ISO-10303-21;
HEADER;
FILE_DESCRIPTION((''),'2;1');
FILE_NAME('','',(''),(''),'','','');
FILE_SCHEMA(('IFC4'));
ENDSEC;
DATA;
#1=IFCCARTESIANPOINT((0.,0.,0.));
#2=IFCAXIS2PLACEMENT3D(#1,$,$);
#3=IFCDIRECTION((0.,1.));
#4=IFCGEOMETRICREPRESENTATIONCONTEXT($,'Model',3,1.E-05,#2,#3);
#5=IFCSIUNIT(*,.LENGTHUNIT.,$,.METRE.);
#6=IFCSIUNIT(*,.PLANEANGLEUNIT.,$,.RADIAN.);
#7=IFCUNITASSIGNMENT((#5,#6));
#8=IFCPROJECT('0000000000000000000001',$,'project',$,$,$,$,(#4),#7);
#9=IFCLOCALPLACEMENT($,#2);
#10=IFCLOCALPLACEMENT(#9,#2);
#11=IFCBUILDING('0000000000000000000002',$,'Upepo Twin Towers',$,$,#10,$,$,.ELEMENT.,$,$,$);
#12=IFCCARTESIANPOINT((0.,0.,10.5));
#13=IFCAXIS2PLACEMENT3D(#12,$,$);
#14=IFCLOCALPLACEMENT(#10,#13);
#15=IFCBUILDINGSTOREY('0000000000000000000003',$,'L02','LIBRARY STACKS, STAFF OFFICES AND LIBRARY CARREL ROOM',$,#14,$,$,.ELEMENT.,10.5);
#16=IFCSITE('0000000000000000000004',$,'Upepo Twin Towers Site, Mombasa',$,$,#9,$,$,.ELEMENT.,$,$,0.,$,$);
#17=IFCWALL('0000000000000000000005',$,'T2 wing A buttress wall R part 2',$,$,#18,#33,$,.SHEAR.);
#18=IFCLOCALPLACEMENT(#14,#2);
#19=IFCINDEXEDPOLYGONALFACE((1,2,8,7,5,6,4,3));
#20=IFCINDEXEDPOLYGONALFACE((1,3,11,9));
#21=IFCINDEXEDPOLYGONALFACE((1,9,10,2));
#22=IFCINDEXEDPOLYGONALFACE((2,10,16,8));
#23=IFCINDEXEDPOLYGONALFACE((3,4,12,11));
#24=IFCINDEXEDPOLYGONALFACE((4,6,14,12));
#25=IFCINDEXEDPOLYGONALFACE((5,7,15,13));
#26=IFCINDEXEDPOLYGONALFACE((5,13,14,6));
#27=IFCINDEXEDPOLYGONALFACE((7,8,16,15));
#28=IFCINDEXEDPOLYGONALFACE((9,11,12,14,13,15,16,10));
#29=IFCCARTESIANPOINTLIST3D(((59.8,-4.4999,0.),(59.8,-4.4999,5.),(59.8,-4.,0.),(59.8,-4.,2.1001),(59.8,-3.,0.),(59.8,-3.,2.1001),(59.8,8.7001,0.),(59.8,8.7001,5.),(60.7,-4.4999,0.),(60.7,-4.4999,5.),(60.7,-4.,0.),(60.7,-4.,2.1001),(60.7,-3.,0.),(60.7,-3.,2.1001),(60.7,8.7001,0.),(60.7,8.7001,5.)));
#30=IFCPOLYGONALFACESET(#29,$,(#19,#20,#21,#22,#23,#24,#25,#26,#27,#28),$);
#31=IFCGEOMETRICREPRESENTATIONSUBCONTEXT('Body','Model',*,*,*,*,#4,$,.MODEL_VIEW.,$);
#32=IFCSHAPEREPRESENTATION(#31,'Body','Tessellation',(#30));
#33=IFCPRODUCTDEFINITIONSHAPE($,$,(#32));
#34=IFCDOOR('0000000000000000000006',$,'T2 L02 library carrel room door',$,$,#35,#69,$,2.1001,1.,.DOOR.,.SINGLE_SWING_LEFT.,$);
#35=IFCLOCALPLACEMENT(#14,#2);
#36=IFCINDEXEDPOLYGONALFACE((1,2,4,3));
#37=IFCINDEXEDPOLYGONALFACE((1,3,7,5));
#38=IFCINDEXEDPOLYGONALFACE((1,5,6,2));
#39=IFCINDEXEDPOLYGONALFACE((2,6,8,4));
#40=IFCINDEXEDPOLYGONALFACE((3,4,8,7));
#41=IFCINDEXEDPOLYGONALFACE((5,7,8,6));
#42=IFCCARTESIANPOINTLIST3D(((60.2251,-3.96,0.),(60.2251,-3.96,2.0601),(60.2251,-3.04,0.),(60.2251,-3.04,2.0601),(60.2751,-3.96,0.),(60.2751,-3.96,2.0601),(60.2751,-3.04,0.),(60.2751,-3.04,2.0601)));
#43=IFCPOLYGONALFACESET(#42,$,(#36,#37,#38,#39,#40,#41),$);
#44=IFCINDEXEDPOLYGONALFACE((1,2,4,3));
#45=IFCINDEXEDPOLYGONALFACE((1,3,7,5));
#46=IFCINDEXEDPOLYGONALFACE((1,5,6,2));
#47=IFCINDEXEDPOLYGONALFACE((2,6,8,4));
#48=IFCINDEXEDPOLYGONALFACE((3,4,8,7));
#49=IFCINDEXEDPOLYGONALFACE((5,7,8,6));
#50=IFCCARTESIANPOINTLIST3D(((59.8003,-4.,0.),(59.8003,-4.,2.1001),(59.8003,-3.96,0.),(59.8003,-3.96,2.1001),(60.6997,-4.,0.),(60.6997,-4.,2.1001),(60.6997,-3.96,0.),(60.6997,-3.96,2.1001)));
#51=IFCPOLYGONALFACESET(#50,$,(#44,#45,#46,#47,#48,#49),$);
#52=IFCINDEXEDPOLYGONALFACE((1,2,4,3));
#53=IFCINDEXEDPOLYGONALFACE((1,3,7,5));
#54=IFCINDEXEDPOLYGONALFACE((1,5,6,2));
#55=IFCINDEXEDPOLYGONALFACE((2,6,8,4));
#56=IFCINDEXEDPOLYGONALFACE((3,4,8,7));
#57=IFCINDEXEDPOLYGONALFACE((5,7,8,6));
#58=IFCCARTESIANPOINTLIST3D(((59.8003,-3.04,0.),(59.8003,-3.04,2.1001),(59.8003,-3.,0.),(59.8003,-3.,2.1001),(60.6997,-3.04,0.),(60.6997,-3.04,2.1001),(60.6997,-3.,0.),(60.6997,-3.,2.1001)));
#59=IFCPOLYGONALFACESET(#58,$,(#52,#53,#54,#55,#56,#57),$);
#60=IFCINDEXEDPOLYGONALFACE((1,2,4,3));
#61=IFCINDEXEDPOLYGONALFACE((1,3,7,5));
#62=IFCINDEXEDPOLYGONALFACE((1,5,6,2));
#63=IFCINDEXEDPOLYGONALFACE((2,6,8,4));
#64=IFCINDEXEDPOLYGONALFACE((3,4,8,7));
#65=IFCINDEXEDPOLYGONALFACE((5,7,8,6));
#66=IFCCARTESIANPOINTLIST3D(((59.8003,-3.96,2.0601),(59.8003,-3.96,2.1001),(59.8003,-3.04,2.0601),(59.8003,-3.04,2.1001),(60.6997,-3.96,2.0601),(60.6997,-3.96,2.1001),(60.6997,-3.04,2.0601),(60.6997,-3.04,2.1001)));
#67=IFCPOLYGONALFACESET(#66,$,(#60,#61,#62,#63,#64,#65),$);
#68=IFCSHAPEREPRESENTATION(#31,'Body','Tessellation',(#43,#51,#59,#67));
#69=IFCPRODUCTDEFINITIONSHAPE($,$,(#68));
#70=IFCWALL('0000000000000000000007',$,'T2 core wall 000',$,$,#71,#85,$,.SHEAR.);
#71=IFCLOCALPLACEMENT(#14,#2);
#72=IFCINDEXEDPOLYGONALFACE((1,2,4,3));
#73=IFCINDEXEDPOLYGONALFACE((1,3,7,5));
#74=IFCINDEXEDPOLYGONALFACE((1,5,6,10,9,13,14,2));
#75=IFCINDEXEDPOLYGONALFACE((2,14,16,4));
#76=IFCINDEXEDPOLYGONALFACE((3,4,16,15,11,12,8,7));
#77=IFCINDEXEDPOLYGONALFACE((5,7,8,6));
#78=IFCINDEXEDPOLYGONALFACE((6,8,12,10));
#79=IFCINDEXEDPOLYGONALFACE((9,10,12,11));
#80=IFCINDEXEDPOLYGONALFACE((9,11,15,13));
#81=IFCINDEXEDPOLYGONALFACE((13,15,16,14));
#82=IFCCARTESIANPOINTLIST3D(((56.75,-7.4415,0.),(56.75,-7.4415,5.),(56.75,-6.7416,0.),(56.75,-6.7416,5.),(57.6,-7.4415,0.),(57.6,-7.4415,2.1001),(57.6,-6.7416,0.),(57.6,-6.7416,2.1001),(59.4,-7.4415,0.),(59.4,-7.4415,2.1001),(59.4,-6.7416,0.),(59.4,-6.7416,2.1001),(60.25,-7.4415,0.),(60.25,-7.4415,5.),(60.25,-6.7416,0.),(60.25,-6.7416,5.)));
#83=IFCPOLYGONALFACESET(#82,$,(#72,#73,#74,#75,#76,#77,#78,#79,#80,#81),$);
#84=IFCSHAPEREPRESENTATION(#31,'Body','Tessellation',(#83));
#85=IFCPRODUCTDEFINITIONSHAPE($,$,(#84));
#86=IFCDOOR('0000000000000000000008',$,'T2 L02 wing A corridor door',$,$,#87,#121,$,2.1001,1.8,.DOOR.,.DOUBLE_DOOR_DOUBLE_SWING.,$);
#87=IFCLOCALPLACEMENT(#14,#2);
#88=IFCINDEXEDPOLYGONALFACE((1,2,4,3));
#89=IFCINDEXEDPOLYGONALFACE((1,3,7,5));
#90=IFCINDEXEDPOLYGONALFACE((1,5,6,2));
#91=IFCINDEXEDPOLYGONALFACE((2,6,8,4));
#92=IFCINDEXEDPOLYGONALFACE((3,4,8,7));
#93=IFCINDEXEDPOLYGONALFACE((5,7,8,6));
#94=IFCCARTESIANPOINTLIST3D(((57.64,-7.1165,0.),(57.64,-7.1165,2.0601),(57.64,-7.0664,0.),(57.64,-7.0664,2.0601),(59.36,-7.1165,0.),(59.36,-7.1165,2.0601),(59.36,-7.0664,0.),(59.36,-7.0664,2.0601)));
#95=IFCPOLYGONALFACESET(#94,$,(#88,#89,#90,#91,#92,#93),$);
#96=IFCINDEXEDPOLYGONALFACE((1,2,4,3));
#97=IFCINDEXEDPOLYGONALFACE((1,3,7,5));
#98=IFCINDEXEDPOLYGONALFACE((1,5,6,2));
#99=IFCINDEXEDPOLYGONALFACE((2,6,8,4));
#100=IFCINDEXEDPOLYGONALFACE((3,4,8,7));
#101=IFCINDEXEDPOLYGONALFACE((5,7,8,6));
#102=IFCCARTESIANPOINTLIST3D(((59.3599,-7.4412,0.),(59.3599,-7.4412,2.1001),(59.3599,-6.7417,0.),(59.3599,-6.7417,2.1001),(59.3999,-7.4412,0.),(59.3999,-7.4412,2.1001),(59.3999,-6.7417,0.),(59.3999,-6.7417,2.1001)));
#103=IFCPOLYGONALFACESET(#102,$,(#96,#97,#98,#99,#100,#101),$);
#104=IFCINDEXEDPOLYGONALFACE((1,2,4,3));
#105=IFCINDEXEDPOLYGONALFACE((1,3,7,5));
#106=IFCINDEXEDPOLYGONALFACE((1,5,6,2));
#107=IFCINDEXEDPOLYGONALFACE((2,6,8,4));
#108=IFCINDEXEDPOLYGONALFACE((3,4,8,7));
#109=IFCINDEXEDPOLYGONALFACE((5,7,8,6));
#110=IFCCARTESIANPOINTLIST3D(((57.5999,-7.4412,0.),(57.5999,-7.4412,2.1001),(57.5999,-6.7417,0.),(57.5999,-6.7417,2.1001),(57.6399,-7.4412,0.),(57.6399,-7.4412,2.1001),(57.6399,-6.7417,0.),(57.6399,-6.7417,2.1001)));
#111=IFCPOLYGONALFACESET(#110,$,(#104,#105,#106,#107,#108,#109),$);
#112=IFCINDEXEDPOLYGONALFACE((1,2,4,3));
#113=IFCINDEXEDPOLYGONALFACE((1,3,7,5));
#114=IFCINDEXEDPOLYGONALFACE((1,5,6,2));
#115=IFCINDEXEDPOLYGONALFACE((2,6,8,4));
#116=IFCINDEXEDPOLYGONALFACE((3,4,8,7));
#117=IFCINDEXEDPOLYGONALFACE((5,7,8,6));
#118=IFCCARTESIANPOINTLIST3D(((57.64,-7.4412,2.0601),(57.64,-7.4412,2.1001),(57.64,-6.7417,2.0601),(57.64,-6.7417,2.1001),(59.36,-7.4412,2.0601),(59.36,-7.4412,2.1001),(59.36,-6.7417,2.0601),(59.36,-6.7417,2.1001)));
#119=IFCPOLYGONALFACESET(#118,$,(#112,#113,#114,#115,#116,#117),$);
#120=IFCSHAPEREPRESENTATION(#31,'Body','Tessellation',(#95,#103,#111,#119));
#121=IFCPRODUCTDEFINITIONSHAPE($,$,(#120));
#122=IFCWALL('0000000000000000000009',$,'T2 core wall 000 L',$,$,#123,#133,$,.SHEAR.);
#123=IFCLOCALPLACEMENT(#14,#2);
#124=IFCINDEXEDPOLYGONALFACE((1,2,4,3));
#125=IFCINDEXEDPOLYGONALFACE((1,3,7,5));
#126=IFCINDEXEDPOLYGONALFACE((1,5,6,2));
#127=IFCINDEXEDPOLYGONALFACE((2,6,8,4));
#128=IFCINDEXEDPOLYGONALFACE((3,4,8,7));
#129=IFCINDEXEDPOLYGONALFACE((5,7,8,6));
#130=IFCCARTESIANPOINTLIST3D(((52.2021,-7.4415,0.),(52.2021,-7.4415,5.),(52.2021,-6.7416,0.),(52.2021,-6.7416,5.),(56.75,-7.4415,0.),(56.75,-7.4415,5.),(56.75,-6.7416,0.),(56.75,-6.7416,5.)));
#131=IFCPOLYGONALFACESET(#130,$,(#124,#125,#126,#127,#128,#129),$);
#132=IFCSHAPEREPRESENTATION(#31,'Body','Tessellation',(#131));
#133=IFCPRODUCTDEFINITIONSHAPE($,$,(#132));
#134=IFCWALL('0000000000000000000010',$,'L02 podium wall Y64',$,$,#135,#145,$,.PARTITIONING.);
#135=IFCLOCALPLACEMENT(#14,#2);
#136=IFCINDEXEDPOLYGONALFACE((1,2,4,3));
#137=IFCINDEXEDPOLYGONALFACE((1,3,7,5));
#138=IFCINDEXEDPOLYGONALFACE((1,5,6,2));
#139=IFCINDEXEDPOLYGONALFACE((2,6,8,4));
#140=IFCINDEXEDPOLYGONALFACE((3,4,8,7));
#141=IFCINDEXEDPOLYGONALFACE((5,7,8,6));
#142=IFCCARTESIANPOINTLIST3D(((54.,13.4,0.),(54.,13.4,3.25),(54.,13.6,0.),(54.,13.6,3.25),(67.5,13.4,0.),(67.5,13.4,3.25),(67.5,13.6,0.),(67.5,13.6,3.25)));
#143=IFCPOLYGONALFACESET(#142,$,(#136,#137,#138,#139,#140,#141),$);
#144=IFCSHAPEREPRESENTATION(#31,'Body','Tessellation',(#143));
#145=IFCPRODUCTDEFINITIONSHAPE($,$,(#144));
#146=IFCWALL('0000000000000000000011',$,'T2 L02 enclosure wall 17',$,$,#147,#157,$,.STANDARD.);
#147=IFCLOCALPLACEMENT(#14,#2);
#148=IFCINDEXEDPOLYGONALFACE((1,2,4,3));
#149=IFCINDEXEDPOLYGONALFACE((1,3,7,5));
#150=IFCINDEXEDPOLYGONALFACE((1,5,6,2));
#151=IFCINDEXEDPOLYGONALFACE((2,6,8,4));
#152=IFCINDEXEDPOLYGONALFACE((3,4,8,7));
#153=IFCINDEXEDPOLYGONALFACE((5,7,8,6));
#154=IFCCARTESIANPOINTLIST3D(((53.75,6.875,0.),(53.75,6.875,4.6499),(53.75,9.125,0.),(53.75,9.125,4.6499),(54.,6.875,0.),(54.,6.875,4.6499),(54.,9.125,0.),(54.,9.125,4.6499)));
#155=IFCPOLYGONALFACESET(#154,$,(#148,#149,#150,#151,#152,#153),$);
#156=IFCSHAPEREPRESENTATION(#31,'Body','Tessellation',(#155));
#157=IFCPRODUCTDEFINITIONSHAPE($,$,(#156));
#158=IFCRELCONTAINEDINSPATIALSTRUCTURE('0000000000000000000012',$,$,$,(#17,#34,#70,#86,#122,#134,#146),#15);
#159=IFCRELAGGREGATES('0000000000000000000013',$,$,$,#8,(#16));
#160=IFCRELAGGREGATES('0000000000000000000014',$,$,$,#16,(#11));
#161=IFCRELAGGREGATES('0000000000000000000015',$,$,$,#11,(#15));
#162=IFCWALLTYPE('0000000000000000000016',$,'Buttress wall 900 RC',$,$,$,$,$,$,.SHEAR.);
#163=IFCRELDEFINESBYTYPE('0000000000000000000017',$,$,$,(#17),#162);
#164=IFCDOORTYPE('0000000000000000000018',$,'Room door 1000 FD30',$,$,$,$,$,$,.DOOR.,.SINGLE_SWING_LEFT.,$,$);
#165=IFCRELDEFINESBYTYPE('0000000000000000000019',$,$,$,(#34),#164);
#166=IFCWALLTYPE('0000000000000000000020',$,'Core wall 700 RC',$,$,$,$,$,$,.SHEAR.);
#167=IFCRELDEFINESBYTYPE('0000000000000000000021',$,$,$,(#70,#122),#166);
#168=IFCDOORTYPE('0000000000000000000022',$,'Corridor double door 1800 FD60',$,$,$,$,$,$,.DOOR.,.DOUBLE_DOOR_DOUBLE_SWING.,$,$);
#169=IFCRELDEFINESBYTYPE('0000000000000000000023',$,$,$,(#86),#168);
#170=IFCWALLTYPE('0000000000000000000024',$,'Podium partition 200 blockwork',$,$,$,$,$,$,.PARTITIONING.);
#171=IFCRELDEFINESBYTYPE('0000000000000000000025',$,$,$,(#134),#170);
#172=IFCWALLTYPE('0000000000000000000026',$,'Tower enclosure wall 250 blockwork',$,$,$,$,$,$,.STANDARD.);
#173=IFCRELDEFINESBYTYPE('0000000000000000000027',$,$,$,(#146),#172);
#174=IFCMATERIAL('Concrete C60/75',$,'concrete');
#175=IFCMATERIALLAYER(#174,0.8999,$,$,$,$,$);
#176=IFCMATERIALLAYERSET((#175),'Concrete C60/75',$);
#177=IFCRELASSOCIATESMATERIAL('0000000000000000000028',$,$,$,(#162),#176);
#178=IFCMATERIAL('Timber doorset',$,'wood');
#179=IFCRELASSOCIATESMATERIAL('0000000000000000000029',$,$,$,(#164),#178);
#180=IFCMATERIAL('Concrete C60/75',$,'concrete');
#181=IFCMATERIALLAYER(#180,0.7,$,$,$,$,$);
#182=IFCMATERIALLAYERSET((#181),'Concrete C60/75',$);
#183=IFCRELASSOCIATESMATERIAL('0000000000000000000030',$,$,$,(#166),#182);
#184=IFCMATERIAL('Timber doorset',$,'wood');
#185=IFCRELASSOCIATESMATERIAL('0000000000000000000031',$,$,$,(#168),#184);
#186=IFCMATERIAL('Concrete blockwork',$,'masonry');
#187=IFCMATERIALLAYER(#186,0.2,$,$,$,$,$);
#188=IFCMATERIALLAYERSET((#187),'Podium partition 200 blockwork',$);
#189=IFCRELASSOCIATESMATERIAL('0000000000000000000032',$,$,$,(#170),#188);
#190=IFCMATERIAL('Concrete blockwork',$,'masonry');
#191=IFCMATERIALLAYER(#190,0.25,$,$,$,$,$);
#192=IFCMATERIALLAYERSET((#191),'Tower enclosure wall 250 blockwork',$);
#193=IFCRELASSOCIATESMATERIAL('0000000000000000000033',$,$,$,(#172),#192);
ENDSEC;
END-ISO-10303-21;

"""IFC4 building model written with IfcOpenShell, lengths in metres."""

from ifc_helpers import new_model, si_unit, direction, frame, frame_2d, origin, place, context, subcontext, project, spatial, rectangle, extrude, material, layer, layer_set, type_object, element, fill, save


model = new_model("IFC4")

# Units and contexts
model_context = context("Model", 3, precision=1e-05, world=origin(), true_north=direction((0.0, 1.0)))
body_context = subcontext(model_context, "Body", "Model", "MODEL_VIEW")
ifc_project = project(units=[si_unit("LENGTHUNIT", "METRE"), si_unit("PLANEANGLEUNIT", "RADIAN")], contexts=[model_context])

# Site, building, storey
site_placement = place(None, origin())
site = spatial("IfcSite", under=ifc_project, at=site_placement, Name="Upepo Twin Towers Site, Mombasa", CompositionType="ELEMENT", RefElevation=0.0)
building_placement = place(site_placement, origin())
building = spatial("IfcBuilding", under=site, at=building_placement, Name="Upepo Twin Towers", CompositionType="ELEMENT")
storey_placement = place(building_placement, frame((0.0, 0.0, 10.5)))
storey = spatial("IfcBuildingStorey", under=building, at=storey_placement, Name="L02", Description="LIBRARY STACKS, STAFF OFFICES AND LIBRARY CARREL ROOM", CompositionType="ELEMENT", Elevation=10.5)

# Walls, openings, doors
ifc_material_1 = material(Name="Concrete C60/75", Category="concrete")
ifc_layer_1 = layer(ifc_material_1, 0.8999)
ifc_layer_set_1 = layer_set([ifc_layer_1], Name="Concrete C60/75")
wall_type_1 = type_object("IfcWallType", Name="Buttress wall 900 RC", PredefinedType="SHEAR", material=ifc_layer_set_1)
ifc_material_2 = material(Name="Timber doorset", Category="wood")
door_type_1 = type_object("IfcDoorType", Name="Room door 1000 FD30", OperationType="SINGLE_SWING_LEFT", PredefinedType="DOOR", material=ifc_material_2)
wall_1_placement = place(storey_placement, frame((60.25, -4.5, 0.0), z_axis=(0.0, 0.0, 1.0), x_axis=(0.0, 1.0, 0.0)))
wall_1 = element("IfcWall", 1, at=wall_1_placement, inside=storey, type_object=wall_type_1, Name="T2 wing A buttress wall R part 2", PredefinedType="SHEAR", context=body_context, shape_type="SweptSolid", body=[
    extrude(rectangle(XDim=13.2, YDim=0.8999, at=frame_2d((6.6001, 0.0))), origin(), (0.0, 0.0, 1.0), 5.0),
])
opening_1_placement = place(wall_1_placement, frame((0.5, 0.0, 0.0)))
opening_1 = element("IfcOpeningElement", 2, at=opening_1_placement, cuts=wall_1, PredefinedType="OPENING", context=body_context, shape_type="SweptSolid", body=[
    extrude(rectangle(XDim=1.0, YDim=2.1001, at=frame_2d((0.5, 1.05))), frame((0.0, 0.46, 0.0), z_axis=(0.0, -1.0, 0.0), x_axis=(1.0, 0.0, 0.0)), (0.0, 0.0, 1.0), 0.9199),
])
door_1_placement = place(opening_1_placement, origin())
door_1 = element("IfcDoor", 3, at=door_1_placement, inside=storey, type_object=door_type_1, Name="T2 L02 library carrel room door", OperationType="SINGLE_SWING_LEFT", OverallHeight=2.1001, OverallWidth=1.0, PredefinedType="DOOR", context=body_context, shape_type="SweptSolid", body=[
    extrude(rectangle(XDim=0.92, YDim=2.0601, at=frame_2d((0.5, 1.03))), frame((0.0, 0.0249, 0.0), z_axis=(0.0, -1.0, 0.0), x_axis=(1.0, 0.0, 0.0)), (0.0, 0.0, 1.0), 0.05),
    extrude(rectangle(XDim=0.04, YDim=2.1001, at=frame_2d((0.02, 1.05))), frame((0.0, 0.4497, 0.0), z_axis=(0.0, -1.0, 0.0), x_axis=(1.0, 0.0, 0.0)), (0.0, 0.0, 1.0), 0.8994),
    extrude(rectangle(XDim=0.04, YDim=2.1001, at=frame_2d((0.98, 1.05))), frame((0.0, 0.4497, 0.0), z_axis=(0.0, -1.0, 0.0), x_axis=(1.0, 0.0, 0.0)), (0.0, 0.0, 1.0), 0.8994),
    extrude(rectangle(XDim=0.92, YDim=0.04, at=frame_2d((0.5, 2.0801))), frame((0.0, 0.4497, 0.0), z_axis=(0.0, -1.0, 0.0), x_axis=(1.0, 0.0, 0.0)), (0.0, 0.0, 1.0), 0.8994),
])
fill(opening_1, door_1)
ifc_material_3 = material(Name="Concrete C60/75", Category="concrete")
ifc_layer_2 = layer(ifc_material_3, 0.7)
ifc_layer_set_2 = layer_set([ifc_layer_2], Name="Concrete C60/75")
wall_type_2 = type_object("IfcWallType", Name="Core wall 700 RC", PredefinedType="SHEAR", material=ifc_layer_set_2)
wall_2_placement = place(storey_placement, frame((60.25, -7.0916, 0.0), z_axis=(0.0, 0.0, 1.0), x_axis=(-1.0, 0.0, 0.0)))
wall_2 = element("IfcWall", 4, at=wall_2_placement, inside=storey, type_object=wall_type_2, Name="T2 core wall 000", PredefinedType="SHEAR", context=body_context, shape_type="SweptSolid", body=[
    extrude(rectangle(XDim=3.5, YDim=0.7, at=frame_2d((1.75, 0.0))), origin(), (0.0, 0.0, 1.0), 5.0),
])
opening_2_placement = place(wall_2_placement, frame((0.8501, 0.0, 0.0)))
opening_2 = element("IfcOpeningElement", 5, at=opening_2_placement, cuts=wall_2, PredefinedType="OPENING", context=body_context, shape_type="SweptSolid", body=[
    extrude(rectangle(XDim=1.8, YDim=2.1001, at=frame_2d((0.8999, 1.05))), frame((0.0, 0.3599, 0.0), z_axis=(0.0, -1.0, 0.0), x_axis=(1.0, 0.0, 0.0)), (0.0, 0.0, 1.0), 0.72),
])
ifc_material_4 = material(Name="Timber doorset", Category="wood")
door_type_2 = type_object("IfcDoorType", Name="Corridor double door 1800 FD60", OperationType="DOUBLE_DOOR_DOUBLE_SWING", PredefinedType="DOOR", material=ifc_material_4)
door_2_placement = place(opening_2_placement, origin())
door_2 = element("IfcDoor", 6, at=door_2_placement, inside=storey, type_object=door_type_2, Name="T2 L02 wing A corridor door", OperationType="DOUBLE_DOOR_DOUBLE_SWING", OverallHeight=2.1001, OverallWidth=1.8, PredefinedType="DOOR", context=body_context, shape_type="SweptSolid", body=[
    extrude(rectangle(XDim=1.72, YDim=2.0601, at=frame_2d((0.8999, 1.03))), frame((0.0, 0.0249, 0.0), z_axis=(0.0, -1.0, 0.0), x_axis=(1.0, 0.0, 0.0)), (0.0, 0.0, 1.0), 0.05),
    extrude(rectangle(XDim=0.04, YDim=2.1001, at=frame_2d((0.02, 1.05))), frame((0.0, 0.3496, 0.0), z_axis=(0.0, -1.0, 0.0), x_axis=(1.0, 0.0, 0.0)), (0.0, 0.0, 1.0), 0.6995),
    extrude(rectangle(XDim=0.04, YDim=2.1001, at=frame_2d((1.78, 1.05))), frame((0.0, 0.3496, 0.0), z_axis=(0.0, -1.0, 0.0), x_axis=(1.0, 0.0, 0.0)), (0.0, 0.0, 1.0), 0.6995),
    extrude(rectangle(XDim=1.72, YDim=0.04, at=frame_2d((0.8999, 2.0801))), frame((0.0, 0.3496, 0.0), z_axis=(0.0, -1.0, 0.0), x_axis=(1.0, 0.0, 0.0)), (0.0, 0.0, 1.0), 0.6995),
])
fill(opening_2, door_2)

# Walls
wall_3_placement = place(storey_placement, frame((56.75, -7.0916, 0.0), z_axis=(0.0, 0.0, 1.0), x_axis=(-1.0, 0.0, 0.0)))
element("IfcWall", 7, at=wall_3_placement, inside=storey, type_object=wall_type_2, Name="T2 core wall 000 L", PredefinedType="SHEAR", context=body_context, shape_type="SweptSolid", body=[
    extrude(rectangle(XDim=4.5479, YDim=0.7, at=frame_2d((2.2739, 0.0))), origin(), (0.0, 0.0, 1.0), 5.0),
])
ifc_material_5 = material(Name="Concrete blockwork", Category="masonry")
ifc_layer_3 = layer(ifc_material_5, 0.2)
ifc_layer_set_3 = layer_set([ifc_layer_3], Name="Podium partition 200 blockwork")
wall_type_3 = type_object("IfcWallType", Name="Podium partition 200 blockwork", PredefinedType="PARTITIONING", material=ifc_layer_set_3)
wall_4_placement = place(storey_placement, frame((54.0, 13.5, 0.0), z_axis=(0.0, 0.0, 1.0), x_axis=(1.0, 0.0, 0.0)))
element("IfcWall", 8, at=wall_4_placement, inside=storey, type_object=wall_type_3, Name="L02 podium wall Y64", PredefinedType="PARTITIONING", context=body_context, shape_type="SweptSolid", body=[
    extrude(rectangle(XDim=13.5, YDim=0.2, at=frame_2d((6.75, 0.0))), origin(), (0.0, 0.0, 1.0), 3.25),
])
ifc_material_6 = material(Name="Concrete blockwork", Category="masonry")
ifc_layer_4 = layer(ifc_material_6, 0.25)
ifc_layer_set_4 = layer_set([ifc_layer_4], Name="Tower enclosure wall 250 blockwork")
wall_type_4 = type_object("IfcWallType", Name="Tower enclosure wall 250 blockwork", PredefinedType="STANDARD", material=ifc_layer_set_4)
wall_5_placement = place(storey_placement, frame((53.875, 6.875, 0.0), z_axis=(0.0, 0.0, 1.0), x_axis=(0.0, 1.0, 0.0)))
element("IfcWall", 9, at=wall_5_placement, inside=storey, type_object=wall_type_4, Name="T2 L02 enclosure wall 17", PredefinedType="STANDARD", context=body_context, shape_type="SweptSolid", body=[
    extrude(rectangle(XDim=2.25, YDim=0.25, at=frame_2d((1.125, 0.0))), origin(), (0.0, 0.0, 1.0), 4.6499),
])

save(model, "model.ifc")
